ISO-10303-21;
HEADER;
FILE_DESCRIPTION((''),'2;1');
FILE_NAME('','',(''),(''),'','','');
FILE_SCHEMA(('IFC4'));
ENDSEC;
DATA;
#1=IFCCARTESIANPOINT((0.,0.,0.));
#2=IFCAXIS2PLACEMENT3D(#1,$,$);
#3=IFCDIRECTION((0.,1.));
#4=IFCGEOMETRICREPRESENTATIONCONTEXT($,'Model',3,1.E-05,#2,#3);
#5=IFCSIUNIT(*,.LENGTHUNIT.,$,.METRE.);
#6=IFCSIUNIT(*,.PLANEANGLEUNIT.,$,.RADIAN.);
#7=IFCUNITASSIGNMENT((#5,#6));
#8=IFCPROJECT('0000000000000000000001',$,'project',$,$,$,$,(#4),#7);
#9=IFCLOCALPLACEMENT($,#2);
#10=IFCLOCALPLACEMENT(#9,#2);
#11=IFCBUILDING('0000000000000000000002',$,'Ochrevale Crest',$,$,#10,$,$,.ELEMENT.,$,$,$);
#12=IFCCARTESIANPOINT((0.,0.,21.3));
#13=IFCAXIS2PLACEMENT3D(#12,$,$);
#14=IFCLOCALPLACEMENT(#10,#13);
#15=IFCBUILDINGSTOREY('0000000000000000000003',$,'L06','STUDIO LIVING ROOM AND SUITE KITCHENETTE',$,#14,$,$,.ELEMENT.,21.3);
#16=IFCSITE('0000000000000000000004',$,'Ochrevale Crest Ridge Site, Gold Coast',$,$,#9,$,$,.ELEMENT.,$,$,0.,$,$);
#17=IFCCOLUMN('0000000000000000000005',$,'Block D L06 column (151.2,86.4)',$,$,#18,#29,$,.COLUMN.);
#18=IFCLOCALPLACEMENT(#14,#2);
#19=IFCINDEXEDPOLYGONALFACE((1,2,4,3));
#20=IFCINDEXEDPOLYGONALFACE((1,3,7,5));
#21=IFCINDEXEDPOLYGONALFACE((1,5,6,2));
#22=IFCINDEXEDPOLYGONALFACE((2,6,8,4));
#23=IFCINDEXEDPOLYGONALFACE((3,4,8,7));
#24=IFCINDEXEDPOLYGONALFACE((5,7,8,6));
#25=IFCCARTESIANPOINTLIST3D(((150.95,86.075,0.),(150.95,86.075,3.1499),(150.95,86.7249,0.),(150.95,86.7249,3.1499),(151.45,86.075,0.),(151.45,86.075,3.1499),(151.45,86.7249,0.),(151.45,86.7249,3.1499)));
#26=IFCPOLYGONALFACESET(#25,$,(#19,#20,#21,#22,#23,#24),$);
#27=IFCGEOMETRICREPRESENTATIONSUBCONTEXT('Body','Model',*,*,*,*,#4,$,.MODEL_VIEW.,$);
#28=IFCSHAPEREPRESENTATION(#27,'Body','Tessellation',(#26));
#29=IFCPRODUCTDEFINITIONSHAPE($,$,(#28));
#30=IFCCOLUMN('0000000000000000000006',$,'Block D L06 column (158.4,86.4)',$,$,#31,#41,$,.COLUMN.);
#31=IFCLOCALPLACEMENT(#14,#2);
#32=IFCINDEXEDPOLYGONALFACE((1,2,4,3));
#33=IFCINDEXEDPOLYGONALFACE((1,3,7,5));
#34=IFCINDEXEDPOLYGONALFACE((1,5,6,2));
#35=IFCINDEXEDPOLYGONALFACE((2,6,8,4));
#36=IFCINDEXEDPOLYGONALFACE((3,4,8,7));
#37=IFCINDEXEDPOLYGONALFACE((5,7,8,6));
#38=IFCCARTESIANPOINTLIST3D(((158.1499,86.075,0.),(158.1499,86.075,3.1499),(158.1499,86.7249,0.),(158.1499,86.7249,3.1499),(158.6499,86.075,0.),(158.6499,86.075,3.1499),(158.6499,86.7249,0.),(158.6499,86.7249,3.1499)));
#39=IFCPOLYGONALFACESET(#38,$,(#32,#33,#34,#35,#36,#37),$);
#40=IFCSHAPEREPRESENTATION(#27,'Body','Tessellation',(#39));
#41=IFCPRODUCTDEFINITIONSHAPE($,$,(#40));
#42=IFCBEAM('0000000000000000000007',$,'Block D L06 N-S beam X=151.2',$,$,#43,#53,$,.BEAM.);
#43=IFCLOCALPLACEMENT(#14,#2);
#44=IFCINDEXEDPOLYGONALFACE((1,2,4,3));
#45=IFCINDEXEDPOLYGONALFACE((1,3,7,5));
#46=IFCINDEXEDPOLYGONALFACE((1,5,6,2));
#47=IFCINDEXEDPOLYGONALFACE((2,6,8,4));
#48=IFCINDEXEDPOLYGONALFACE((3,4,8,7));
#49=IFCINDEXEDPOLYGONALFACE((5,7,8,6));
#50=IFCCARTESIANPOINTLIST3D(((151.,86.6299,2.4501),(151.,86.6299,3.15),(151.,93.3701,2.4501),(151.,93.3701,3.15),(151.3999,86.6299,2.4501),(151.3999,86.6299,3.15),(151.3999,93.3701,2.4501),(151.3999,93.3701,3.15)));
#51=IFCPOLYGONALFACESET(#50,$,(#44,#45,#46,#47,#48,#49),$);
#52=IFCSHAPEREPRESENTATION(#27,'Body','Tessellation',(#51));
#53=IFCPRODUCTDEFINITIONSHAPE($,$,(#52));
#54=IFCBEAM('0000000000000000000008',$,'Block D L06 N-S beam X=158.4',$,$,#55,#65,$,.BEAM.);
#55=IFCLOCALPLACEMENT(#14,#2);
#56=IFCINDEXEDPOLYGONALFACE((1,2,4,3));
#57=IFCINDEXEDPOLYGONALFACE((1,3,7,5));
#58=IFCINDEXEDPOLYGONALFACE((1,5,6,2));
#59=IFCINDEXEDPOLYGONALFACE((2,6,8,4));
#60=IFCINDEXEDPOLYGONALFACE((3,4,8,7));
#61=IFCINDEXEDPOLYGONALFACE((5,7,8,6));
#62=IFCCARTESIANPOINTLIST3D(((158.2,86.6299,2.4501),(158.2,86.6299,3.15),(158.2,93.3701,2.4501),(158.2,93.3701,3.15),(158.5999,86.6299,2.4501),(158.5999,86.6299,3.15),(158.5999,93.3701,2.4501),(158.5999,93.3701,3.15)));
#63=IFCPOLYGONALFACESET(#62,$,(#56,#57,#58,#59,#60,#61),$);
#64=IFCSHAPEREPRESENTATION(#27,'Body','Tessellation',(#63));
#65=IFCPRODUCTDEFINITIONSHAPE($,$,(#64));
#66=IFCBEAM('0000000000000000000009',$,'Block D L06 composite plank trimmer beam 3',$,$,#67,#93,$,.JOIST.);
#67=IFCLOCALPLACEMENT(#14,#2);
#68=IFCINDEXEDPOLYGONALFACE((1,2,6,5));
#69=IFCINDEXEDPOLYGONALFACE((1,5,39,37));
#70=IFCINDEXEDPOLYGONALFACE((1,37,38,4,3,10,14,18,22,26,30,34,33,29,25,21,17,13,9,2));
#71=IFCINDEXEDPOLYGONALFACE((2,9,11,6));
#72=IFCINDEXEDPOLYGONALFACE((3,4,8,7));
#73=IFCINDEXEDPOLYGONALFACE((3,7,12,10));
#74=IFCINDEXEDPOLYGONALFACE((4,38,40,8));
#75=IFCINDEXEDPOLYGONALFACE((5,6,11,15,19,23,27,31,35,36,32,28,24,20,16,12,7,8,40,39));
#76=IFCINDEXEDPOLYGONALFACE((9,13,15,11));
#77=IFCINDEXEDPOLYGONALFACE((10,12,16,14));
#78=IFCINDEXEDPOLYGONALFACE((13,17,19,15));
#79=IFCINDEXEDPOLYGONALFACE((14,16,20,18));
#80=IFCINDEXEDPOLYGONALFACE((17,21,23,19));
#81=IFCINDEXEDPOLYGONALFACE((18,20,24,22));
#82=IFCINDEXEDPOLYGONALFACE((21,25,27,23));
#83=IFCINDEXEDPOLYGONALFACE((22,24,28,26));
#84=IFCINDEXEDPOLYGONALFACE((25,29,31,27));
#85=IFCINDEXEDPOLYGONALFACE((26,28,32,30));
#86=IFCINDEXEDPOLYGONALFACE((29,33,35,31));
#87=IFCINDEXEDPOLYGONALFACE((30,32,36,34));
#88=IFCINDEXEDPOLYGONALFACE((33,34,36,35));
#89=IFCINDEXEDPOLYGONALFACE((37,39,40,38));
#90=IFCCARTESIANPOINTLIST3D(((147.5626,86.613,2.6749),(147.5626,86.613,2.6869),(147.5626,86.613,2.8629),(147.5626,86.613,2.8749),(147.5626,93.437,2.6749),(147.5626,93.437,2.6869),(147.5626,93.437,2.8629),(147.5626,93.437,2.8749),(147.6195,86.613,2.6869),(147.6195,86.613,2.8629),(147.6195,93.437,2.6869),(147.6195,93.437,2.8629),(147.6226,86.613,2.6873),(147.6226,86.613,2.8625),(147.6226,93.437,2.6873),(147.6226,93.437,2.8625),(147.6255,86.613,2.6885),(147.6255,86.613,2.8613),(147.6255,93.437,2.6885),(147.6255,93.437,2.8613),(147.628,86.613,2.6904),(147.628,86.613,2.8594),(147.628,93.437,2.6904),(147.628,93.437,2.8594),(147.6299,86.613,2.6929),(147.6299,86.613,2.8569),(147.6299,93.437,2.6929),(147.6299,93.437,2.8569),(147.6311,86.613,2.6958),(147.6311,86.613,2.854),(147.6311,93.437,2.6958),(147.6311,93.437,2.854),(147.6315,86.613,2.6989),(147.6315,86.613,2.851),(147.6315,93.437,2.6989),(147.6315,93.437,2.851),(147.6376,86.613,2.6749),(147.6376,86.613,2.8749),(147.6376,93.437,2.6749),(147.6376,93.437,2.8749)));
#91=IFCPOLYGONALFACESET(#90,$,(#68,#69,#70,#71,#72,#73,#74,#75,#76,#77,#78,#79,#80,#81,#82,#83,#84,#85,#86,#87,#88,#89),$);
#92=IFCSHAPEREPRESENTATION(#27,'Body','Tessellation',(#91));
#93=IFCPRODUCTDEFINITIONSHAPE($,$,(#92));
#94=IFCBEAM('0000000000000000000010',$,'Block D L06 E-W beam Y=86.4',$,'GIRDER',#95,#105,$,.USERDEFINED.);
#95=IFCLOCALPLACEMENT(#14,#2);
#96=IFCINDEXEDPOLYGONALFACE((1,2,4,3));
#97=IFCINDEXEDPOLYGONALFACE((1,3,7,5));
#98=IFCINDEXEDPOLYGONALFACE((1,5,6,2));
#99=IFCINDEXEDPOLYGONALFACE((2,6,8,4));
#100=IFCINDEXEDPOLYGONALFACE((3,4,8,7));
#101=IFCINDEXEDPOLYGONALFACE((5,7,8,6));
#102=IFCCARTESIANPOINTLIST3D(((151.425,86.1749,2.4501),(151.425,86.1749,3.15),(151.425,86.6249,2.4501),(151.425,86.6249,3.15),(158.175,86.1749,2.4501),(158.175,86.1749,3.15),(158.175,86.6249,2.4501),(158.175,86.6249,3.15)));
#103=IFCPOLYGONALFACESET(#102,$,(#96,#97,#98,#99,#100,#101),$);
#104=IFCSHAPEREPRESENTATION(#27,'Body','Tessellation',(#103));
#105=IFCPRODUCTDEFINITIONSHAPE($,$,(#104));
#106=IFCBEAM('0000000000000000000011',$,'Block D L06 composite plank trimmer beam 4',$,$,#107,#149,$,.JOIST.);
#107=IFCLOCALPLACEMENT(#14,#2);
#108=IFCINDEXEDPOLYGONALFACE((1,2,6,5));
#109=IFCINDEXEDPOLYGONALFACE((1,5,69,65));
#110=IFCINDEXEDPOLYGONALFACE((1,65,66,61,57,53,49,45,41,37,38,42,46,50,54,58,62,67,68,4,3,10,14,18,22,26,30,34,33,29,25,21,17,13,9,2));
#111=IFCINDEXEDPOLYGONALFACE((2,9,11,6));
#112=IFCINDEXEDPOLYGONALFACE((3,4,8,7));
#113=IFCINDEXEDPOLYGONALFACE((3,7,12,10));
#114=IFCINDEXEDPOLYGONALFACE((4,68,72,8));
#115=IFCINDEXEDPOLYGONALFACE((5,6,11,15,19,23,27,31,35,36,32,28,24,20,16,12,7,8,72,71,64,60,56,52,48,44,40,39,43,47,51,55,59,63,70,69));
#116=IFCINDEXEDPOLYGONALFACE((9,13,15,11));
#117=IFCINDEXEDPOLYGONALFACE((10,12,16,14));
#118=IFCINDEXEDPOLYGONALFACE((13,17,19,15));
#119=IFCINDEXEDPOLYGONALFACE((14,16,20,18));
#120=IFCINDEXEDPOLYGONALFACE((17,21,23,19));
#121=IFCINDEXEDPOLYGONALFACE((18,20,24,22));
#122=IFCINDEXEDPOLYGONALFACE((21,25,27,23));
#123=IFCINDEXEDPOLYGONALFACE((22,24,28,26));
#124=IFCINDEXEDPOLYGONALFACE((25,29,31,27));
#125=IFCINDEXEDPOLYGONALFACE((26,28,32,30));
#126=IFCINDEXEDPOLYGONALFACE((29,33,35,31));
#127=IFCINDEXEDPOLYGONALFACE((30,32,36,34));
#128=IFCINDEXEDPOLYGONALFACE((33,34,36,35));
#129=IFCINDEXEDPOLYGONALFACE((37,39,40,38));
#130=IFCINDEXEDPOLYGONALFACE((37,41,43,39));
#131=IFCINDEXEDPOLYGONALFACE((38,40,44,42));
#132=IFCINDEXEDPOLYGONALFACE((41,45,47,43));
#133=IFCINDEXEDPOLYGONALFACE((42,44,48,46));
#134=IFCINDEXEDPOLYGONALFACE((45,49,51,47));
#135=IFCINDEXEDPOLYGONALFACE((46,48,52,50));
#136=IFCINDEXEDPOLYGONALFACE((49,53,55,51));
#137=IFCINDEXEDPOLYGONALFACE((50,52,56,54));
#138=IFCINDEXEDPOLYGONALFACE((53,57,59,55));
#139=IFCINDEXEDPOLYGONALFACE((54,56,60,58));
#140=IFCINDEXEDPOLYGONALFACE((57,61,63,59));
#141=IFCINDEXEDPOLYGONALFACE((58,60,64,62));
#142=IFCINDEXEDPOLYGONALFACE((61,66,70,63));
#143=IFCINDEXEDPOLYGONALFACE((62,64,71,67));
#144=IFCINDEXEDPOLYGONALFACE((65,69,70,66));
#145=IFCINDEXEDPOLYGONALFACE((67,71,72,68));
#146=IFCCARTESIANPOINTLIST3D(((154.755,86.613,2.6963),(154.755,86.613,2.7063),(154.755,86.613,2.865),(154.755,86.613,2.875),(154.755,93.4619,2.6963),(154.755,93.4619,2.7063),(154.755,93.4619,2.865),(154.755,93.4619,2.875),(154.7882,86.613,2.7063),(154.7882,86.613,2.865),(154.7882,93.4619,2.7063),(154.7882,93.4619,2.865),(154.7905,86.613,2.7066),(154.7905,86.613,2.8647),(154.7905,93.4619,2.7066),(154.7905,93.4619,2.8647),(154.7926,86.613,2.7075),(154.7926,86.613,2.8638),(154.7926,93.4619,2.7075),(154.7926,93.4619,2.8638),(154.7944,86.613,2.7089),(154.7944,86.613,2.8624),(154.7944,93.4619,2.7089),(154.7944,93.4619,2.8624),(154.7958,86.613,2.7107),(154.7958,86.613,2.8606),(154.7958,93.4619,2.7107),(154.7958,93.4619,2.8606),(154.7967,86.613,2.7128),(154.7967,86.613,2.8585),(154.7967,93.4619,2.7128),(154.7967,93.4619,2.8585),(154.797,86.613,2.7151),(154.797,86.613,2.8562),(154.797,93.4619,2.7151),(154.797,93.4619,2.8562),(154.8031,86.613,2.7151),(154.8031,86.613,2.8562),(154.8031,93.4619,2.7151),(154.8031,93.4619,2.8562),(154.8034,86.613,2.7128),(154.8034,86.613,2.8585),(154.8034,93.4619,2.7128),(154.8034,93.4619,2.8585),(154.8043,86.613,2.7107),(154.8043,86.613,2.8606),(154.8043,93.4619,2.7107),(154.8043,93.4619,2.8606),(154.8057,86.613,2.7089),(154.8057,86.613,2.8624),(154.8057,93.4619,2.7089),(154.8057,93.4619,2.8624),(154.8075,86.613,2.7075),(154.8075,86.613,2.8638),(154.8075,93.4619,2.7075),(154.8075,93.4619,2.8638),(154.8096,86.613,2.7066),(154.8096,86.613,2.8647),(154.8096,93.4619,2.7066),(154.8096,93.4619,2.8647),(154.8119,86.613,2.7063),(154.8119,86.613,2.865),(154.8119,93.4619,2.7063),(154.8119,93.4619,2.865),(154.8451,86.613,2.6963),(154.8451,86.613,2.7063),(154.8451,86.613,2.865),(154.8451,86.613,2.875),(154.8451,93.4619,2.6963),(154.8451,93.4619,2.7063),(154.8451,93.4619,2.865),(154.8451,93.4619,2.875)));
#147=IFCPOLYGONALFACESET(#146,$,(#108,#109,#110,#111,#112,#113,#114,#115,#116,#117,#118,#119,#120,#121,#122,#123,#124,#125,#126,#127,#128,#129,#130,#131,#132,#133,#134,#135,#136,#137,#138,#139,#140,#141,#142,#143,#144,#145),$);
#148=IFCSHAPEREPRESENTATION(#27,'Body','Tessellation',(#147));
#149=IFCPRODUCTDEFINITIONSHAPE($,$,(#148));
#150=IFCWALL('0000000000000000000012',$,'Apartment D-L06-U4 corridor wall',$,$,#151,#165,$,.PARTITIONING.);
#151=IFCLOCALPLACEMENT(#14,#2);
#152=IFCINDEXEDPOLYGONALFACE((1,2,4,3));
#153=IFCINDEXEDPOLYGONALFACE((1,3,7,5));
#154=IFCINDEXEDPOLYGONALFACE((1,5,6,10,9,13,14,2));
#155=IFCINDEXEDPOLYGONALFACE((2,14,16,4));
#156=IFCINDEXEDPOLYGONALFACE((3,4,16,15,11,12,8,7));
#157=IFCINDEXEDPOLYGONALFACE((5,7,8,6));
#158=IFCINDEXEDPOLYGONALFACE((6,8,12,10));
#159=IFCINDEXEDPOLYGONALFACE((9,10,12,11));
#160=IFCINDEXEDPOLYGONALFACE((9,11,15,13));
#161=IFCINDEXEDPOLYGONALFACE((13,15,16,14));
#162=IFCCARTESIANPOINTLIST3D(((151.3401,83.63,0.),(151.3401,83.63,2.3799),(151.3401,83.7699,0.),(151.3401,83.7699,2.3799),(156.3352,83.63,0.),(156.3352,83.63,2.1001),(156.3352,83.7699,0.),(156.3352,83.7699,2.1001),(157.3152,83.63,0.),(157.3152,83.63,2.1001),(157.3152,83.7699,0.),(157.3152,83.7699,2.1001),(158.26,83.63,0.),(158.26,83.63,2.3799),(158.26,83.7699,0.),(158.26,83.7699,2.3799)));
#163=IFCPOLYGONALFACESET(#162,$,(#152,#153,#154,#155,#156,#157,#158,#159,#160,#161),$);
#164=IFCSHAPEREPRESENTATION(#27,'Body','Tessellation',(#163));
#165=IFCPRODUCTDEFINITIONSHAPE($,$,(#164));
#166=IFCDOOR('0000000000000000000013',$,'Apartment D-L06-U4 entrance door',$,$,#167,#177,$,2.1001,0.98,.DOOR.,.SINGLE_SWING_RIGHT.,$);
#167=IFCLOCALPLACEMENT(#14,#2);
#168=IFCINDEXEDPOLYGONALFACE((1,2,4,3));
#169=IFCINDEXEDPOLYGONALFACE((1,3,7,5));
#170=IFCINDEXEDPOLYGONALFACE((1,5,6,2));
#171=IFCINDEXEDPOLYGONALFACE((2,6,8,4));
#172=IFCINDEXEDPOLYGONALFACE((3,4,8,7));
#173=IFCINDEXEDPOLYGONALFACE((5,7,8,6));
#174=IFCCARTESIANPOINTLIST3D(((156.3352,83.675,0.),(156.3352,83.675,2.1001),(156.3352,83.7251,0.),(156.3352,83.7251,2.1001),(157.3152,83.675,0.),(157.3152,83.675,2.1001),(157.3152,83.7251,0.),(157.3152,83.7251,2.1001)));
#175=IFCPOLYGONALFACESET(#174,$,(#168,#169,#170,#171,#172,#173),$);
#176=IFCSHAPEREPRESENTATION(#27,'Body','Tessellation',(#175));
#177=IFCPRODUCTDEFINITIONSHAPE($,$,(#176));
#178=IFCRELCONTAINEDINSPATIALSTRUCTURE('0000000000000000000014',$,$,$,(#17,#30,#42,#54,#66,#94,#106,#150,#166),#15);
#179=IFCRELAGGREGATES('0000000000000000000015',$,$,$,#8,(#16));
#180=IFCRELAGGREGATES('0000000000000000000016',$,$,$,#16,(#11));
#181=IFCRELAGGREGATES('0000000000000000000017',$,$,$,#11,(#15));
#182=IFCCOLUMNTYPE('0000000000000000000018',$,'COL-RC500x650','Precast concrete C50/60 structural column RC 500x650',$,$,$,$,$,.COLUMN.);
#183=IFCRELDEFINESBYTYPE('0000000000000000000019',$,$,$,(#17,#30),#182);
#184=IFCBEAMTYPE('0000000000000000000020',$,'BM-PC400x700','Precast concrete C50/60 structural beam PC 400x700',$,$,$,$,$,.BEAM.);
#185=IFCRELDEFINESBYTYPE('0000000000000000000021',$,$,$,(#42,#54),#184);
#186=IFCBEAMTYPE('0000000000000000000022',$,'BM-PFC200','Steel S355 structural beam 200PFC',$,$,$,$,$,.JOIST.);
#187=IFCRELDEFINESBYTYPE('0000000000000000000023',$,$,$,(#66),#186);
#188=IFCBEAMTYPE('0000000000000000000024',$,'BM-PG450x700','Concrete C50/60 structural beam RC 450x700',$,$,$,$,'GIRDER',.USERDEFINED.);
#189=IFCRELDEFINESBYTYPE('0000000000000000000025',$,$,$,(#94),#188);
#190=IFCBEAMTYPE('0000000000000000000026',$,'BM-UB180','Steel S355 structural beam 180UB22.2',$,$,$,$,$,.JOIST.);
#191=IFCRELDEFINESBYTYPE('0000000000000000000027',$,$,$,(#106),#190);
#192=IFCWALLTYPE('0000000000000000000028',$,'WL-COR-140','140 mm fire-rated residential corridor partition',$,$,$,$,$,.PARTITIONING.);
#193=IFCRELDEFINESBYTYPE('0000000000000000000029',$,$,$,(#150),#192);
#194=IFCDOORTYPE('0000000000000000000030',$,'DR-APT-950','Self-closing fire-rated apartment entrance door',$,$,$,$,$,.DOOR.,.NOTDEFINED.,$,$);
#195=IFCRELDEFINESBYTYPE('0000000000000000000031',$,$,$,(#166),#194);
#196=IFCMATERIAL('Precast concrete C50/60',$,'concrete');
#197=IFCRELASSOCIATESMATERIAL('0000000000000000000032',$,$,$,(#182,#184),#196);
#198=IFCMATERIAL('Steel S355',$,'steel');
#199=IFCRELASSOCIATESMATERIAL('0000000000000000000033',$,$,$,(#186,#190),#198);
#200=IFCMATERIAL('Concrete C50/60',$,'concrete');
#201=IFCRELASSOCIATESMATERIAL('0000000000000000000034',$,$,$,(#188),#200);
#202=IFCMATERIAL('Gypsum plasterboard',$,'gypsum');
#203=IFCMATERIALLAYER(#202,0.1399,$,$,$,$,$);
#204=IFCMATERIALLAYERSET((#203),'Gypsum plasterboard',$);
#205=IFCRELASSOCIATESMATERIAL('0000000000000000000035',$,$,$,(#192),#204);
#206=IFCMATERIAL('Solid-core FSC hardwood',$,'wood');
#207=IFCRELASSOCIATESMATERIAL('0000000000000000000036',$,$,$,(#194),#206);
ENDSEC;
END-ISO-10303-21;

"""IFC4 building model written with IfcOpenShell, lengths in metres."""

from ifc_helpers import new_model, si_unit, direction, frame, frame_2d, origin, origin_2d, place, context, subcontext, project, spatial, rectangle, i_section, u_section, extrude, material, layer, layer_set, material_profile, profile_set, type_object, element, fill, save


model = new_model("IFC4")

# Units and contexts
model_context = context("Model", 3, precision=1e-05, world=origin(), true_north=direction((0.0, 1.0)))
body_context = subcontext(model_context, "Body", "Model", "MODEL_VIEW")
ifc_project = project(units=[si_unit("LENGTHUNIT", "METRE"), si_unit("PLANEANGLEUNIT", "RADIAN")], contexts=[model_context])

# Site, building, storey
site_placement = place(None, origin())
site = spatial("IfcSite", under=ifc_project, at=site_placement, Name="Ochrevale Crest Ridge Site, Gold Coast", CompositionType="ELEMENT", RefElevation=0.0)
building_placement = place(site_placement, origin())
building = spatial("IfcBuilding", under=site, at=building_placement, Name="Ochrevale Crest", CompositionType="ELEMENT")
storey_placement = place(building_placement, frame((0.0, 0.0, 21.3)))
storey = spatial("IfcBuildingStorey", under=building, at=storey_placement, Name="L06", Description="STUDIO LIVING ROOM AND SUITE KITCHENETTE", CompositionType="ELEMENT", Elevation=21.3)

# Columns
ifc_material_1 = material(Name="Precast concrete C50/60", Category="concrete")
ifc_material_profile_1 = material_profile(ifc_material_1, rectangle(XDim=0.5, YDim=0.6499, at=origin_2d()), Name="RC 500x650")
ifc_profile_set_1 = profile_set([ifc_material_profile_1], Name="Precast concrete C50/60")
column_type = type_object("IfcColumnType", Name="COL-RC500x650", Description="Precast concrete C50/60 structural column RC 500x650", PredefinedType="COLUMN", material=ifc_profile_set_1)
for number, where, z_axis, x_axis, name in (
    (1, (151.2, 86.3999, 0.0), (0.0, 0.0, 1.0), (1.0, 0.0, 0.0), "Block D L06 column (151.2,86.4)"),
    (2, (158.3999, 86.3999, 0.0), (0.0, 0.0, 1.0), (1.0, 0.0, 0.0), "Block D L06 column (158.4,86.4)"),
):
    element("IfcColumn", number, at=place(storey_placement, frame(where, z_axis=z_axis, x_axis=x_axis)), inside=storey, type_object=column_type, Name=name, PredefinedType="COLUMN", context=body_context, shape_type="SweptSolid", body=[
        extrude(rectangle(XDim=0.5, YDim=0.6499, at=origin_2d()), origin(), (0.0, 0.0, 1.0), 3.1499),
    ])

# Beams
ifc_material_profile_2 = material_profile(ifc_material_1, rectangle(XDim=0.3999, YDim=0.7, at=origin_2d()), Name="PC 400x700")
ifc_profile_set_2 = profile_set([ifc_material_profile_2], Name="Precast concrete C50/60")
beam_type_1 = type_object("IfcBeamType", Name="BM-PC400x700", Description="Precast concrete C50/60 structural beam PC 400x700", PredefinedType="BEAM", material=ifc_profile_set_2)
for number, where, z_axis, x_axis, name in (
    (3, (151.2, 86.6299, 2.8), (0.0, 1.0, 0.0), (-1.0, 0.0, 0.0), "Block D L06 N-S beam X=151.2"),
    (4, (158.3999, 86.6299, 2.8), (0.0, 1.0, 0.0), (-1.0, 0.0, 0.0), "Block D L06 N-S beam X=158.4"),
):
    element("IfcBeam", number, at=place(storey_placement, frame(where, z_axis=z_axis, x_axis=x_axis)), inside=storey, type_object=beam_type_1, Name=name, PredefinedType="BEAM", context=body_context, shape_type="SweptSolid", body=[
        extrude(rectangle(XDim=0.3999, YDim=0.7, at=origin_2d()), origin(), (0.0, 0.0, 1.0), 6.7402),
    ])
ifc_material_2 = material(Name="Steel S355", Category="steel")
ifc_material_profile_3 = material_profile(ifc_material_2, u_section(Depth=0.2, FlangeWidth=0.075, WebThickness=0.0061, FlangeThickness=0.012, FilletRadius=0.012, at=origin_2d()), Name="200PFC")
ifc_profile_set_3 = profile_set([ifc_material_profile_3], Name="Steel S355")
beam_type_2 = type_object("IfcBeamType", Name="BM-PFC200", Description="Steel S355 structural beam 200PFC", PredefinedType="JOIST", material=ifc_profile_set_3)
beam_1_placement = place(storey_placement, frame((147.6001, 86.613, 2.7749), z_axis=(0.0, 1.0, 0.0), x_axis=(-1.0, 0.0, 0.0)))
element("IfcBeam", 5, at=beam_1_placement, inside=storey, type_object=beam_type_2, Name="Block D L06 composite plank trimmer beam 3", PredefinedType="JOIST", context=body_context, shape_type="SweptSolid", body=[
    extrude(u_section(Depth=0.2, FlangeWidth=0.075, WebThickness=0.0061, FlangeThickness=0.012, FilletRadius=0.012, at=origin_2d()), origin(), (0.0, 0.0, 1.0), 6.824),
])
ifc_material_3 = material(Name="Concrete C50/60", Category="concrete")
ifc_material_profile_4 = material_profile(ifc_material_3, rectangle(XDim=0.45, YDim=0.7, at=origin_2d()), Name="RC 450x700")
ifc_profile_set_4 = profile_set([ifc_material_profile_4], Name="Concrete C50/60")
beam_type_3 = type_object("IfcBeamType", Name="BM-PG450x700", Description="Concrete C50/60 structural beam RC 450x700", ElementType="GIRDER", PredefinedType="USERDEFINED", material=ifc_profile_set_4)
beam_2_placement = place(storey_placement, frame((151.425, 86.3999, 2.8), z_axis=(1.0, 0.0, 0.0), x_axis=(0.0, 1.0, 0.0)))
element("IfcBeam", 6, at=beam_2_placement, inside=storey, type_object=beam_type_3, Name="Block D L06 E-W beam Y=86.4", ObjectType="GIRDER", PredefinedType="USERDEFINED", context=body_context, shape_type="SweptSolid", body=[
    extrude(rectangle(XDim=0.45, YDim=0.7, at=origin_2d()), origin(), (0.0, 0.0, 1.0), 6.75),
])
ifc_material_profile_5 = material_profile(ifc_material_2, i_section(OverallWidth=0.0901, OverallDepth=0.1787, WebThickness=0.0061, FlangeThickness=0.01, FilletRadius=0.0088, at=origin_2d()), Name="180UB22.2")
ifc_profile_set_5 = profile_set([ifc_material_profile_5], Name="Steel S355")
beam_type_4 = type_object("IfcBeamType", Name="BM-UB180", Description="Steel S355 structural beam 180UB22.2", PredefinedType="JOIST", material=ifc_profile_set_5)
beam_3_placement = place(storey_placement, frame((154.8, 86.613, 2.7856), z_axis=(0.0, 1.0, 0.0), x_axis=(-1.0, 0.0, 0.0)))
element("IfcBeam", 7, at=beam_3_placement, inside=storey, type_object=beam_type_4, Name="Block D L06 composite plank trimmer beam 4", PredefinedType="JOIST", context=body_context, shape_type="SweptSolid", body=[
    extrude(i_section(OverallWidth=0.0901, OverallDepth=0.1787, WebThickness=0.0061, FlangeThickness=0.01, FilletRadius=0.0088, at=origin_2d()), origin(), (0.0, 0.0, 1.0), 6.8489),
])

# Wall, opening, door
ifc_material_4 = material(Name="Gypsum plasterboard", Category="gypsum")
ifc_layer_1 = layer(ifc_material_4, 0.1399)
ifc_layer_set_1 = layer_set([ifc_layer_1], Name="Gypsum plasterboard")
wall_type_1 = type_object("IfcWallType", Name="WL-COR-140", Description="140 mm fire-rated residential corridor partition", PredefinedType="PARTITIONING", material=ifc_layer_set_1)
wall_1_placement = place(storey_placement, frame((151.3401, 83.7, 0.0), z_axis=(0.0, 0.0, 1.0), x_axis=(1.0, 0.0, 0.0)))
wall_1 = element("IfcWall", 8, at=wall_1_placement, inside=storey, type_object=wall_type_1, Name="Apartment D-L06-U4 corridor wall", PredefinedType="PARTITIONING", context=body_context, shape_type="SweptSolid", body=[
    extrude(rectangle(XDim=6.9199, YDim=0.1399, at=frame_2d((3.46, 0.0))), origin(), (0.0, 0.0, 1.0), 2.3799),
])
opening_1_placement = place(wall_1_placement, frame((5.9751, 0.0, 0.0), z_axis=(0.0, 0.0, 1.0), x_axis=(-1.0, 0.0, 0.0)))
opening_1 = element("IfcOpeningElement", 9, at=opening_1_placement, cuts=wall_1, PredefinedType="OPENING", context=body_context, shape_type="SweptSolid", body=[
    extrude(rectangle(XDim=0.98, YDim=2.1001, at=frame_2d((0.49, 1.05))), frame((0.0, 0.0801, 0.0), z_axis=(0.0, -1.0, 0.0), x_axis=(1.0, 0.0, 0.0)), (0.0, 0.0, 1.0), 0.1599),
])
ifc_material_5 = material(Name="Solid-core FSC hardwood", Category="wood")
door_type_1 = type_object("IfcDoorType", Name="DR-APT-950", Description="Self-closing fire-rated apartment entrance door", OperationType="NOTDEFINED", PredefinedType="DOOR", material=ifc_material_5)
door_1_placement = place(opening_1_placement, origin())
door_1 = element("IfcDoor", 10, at=door_1_placement, inside=storey, type_object=door_type_1, Name="Apartment D-L06-U4 entrance door", OperationType="SINGLE_SWING_RIGHT", OverallHeight=2.1001, OverallWidth=0.98, PredefinedType="DOOR", context=body_context, shape_type="SweptSolid", body=[
    extrude(rectangle(XDim=0.98, YDim=2.1001, at=frame_2d((0.49, 1.05))), frame((0.0, 0.0249, 0.0), z_axis=(0.0, -1.0, 0.0), x_axis=(1.0, 0.0, 0.0)), (0.0, 0.0, 1.0), 0.05),
])
fill(opening_1, door_1)

save(model, "model.ifc")
